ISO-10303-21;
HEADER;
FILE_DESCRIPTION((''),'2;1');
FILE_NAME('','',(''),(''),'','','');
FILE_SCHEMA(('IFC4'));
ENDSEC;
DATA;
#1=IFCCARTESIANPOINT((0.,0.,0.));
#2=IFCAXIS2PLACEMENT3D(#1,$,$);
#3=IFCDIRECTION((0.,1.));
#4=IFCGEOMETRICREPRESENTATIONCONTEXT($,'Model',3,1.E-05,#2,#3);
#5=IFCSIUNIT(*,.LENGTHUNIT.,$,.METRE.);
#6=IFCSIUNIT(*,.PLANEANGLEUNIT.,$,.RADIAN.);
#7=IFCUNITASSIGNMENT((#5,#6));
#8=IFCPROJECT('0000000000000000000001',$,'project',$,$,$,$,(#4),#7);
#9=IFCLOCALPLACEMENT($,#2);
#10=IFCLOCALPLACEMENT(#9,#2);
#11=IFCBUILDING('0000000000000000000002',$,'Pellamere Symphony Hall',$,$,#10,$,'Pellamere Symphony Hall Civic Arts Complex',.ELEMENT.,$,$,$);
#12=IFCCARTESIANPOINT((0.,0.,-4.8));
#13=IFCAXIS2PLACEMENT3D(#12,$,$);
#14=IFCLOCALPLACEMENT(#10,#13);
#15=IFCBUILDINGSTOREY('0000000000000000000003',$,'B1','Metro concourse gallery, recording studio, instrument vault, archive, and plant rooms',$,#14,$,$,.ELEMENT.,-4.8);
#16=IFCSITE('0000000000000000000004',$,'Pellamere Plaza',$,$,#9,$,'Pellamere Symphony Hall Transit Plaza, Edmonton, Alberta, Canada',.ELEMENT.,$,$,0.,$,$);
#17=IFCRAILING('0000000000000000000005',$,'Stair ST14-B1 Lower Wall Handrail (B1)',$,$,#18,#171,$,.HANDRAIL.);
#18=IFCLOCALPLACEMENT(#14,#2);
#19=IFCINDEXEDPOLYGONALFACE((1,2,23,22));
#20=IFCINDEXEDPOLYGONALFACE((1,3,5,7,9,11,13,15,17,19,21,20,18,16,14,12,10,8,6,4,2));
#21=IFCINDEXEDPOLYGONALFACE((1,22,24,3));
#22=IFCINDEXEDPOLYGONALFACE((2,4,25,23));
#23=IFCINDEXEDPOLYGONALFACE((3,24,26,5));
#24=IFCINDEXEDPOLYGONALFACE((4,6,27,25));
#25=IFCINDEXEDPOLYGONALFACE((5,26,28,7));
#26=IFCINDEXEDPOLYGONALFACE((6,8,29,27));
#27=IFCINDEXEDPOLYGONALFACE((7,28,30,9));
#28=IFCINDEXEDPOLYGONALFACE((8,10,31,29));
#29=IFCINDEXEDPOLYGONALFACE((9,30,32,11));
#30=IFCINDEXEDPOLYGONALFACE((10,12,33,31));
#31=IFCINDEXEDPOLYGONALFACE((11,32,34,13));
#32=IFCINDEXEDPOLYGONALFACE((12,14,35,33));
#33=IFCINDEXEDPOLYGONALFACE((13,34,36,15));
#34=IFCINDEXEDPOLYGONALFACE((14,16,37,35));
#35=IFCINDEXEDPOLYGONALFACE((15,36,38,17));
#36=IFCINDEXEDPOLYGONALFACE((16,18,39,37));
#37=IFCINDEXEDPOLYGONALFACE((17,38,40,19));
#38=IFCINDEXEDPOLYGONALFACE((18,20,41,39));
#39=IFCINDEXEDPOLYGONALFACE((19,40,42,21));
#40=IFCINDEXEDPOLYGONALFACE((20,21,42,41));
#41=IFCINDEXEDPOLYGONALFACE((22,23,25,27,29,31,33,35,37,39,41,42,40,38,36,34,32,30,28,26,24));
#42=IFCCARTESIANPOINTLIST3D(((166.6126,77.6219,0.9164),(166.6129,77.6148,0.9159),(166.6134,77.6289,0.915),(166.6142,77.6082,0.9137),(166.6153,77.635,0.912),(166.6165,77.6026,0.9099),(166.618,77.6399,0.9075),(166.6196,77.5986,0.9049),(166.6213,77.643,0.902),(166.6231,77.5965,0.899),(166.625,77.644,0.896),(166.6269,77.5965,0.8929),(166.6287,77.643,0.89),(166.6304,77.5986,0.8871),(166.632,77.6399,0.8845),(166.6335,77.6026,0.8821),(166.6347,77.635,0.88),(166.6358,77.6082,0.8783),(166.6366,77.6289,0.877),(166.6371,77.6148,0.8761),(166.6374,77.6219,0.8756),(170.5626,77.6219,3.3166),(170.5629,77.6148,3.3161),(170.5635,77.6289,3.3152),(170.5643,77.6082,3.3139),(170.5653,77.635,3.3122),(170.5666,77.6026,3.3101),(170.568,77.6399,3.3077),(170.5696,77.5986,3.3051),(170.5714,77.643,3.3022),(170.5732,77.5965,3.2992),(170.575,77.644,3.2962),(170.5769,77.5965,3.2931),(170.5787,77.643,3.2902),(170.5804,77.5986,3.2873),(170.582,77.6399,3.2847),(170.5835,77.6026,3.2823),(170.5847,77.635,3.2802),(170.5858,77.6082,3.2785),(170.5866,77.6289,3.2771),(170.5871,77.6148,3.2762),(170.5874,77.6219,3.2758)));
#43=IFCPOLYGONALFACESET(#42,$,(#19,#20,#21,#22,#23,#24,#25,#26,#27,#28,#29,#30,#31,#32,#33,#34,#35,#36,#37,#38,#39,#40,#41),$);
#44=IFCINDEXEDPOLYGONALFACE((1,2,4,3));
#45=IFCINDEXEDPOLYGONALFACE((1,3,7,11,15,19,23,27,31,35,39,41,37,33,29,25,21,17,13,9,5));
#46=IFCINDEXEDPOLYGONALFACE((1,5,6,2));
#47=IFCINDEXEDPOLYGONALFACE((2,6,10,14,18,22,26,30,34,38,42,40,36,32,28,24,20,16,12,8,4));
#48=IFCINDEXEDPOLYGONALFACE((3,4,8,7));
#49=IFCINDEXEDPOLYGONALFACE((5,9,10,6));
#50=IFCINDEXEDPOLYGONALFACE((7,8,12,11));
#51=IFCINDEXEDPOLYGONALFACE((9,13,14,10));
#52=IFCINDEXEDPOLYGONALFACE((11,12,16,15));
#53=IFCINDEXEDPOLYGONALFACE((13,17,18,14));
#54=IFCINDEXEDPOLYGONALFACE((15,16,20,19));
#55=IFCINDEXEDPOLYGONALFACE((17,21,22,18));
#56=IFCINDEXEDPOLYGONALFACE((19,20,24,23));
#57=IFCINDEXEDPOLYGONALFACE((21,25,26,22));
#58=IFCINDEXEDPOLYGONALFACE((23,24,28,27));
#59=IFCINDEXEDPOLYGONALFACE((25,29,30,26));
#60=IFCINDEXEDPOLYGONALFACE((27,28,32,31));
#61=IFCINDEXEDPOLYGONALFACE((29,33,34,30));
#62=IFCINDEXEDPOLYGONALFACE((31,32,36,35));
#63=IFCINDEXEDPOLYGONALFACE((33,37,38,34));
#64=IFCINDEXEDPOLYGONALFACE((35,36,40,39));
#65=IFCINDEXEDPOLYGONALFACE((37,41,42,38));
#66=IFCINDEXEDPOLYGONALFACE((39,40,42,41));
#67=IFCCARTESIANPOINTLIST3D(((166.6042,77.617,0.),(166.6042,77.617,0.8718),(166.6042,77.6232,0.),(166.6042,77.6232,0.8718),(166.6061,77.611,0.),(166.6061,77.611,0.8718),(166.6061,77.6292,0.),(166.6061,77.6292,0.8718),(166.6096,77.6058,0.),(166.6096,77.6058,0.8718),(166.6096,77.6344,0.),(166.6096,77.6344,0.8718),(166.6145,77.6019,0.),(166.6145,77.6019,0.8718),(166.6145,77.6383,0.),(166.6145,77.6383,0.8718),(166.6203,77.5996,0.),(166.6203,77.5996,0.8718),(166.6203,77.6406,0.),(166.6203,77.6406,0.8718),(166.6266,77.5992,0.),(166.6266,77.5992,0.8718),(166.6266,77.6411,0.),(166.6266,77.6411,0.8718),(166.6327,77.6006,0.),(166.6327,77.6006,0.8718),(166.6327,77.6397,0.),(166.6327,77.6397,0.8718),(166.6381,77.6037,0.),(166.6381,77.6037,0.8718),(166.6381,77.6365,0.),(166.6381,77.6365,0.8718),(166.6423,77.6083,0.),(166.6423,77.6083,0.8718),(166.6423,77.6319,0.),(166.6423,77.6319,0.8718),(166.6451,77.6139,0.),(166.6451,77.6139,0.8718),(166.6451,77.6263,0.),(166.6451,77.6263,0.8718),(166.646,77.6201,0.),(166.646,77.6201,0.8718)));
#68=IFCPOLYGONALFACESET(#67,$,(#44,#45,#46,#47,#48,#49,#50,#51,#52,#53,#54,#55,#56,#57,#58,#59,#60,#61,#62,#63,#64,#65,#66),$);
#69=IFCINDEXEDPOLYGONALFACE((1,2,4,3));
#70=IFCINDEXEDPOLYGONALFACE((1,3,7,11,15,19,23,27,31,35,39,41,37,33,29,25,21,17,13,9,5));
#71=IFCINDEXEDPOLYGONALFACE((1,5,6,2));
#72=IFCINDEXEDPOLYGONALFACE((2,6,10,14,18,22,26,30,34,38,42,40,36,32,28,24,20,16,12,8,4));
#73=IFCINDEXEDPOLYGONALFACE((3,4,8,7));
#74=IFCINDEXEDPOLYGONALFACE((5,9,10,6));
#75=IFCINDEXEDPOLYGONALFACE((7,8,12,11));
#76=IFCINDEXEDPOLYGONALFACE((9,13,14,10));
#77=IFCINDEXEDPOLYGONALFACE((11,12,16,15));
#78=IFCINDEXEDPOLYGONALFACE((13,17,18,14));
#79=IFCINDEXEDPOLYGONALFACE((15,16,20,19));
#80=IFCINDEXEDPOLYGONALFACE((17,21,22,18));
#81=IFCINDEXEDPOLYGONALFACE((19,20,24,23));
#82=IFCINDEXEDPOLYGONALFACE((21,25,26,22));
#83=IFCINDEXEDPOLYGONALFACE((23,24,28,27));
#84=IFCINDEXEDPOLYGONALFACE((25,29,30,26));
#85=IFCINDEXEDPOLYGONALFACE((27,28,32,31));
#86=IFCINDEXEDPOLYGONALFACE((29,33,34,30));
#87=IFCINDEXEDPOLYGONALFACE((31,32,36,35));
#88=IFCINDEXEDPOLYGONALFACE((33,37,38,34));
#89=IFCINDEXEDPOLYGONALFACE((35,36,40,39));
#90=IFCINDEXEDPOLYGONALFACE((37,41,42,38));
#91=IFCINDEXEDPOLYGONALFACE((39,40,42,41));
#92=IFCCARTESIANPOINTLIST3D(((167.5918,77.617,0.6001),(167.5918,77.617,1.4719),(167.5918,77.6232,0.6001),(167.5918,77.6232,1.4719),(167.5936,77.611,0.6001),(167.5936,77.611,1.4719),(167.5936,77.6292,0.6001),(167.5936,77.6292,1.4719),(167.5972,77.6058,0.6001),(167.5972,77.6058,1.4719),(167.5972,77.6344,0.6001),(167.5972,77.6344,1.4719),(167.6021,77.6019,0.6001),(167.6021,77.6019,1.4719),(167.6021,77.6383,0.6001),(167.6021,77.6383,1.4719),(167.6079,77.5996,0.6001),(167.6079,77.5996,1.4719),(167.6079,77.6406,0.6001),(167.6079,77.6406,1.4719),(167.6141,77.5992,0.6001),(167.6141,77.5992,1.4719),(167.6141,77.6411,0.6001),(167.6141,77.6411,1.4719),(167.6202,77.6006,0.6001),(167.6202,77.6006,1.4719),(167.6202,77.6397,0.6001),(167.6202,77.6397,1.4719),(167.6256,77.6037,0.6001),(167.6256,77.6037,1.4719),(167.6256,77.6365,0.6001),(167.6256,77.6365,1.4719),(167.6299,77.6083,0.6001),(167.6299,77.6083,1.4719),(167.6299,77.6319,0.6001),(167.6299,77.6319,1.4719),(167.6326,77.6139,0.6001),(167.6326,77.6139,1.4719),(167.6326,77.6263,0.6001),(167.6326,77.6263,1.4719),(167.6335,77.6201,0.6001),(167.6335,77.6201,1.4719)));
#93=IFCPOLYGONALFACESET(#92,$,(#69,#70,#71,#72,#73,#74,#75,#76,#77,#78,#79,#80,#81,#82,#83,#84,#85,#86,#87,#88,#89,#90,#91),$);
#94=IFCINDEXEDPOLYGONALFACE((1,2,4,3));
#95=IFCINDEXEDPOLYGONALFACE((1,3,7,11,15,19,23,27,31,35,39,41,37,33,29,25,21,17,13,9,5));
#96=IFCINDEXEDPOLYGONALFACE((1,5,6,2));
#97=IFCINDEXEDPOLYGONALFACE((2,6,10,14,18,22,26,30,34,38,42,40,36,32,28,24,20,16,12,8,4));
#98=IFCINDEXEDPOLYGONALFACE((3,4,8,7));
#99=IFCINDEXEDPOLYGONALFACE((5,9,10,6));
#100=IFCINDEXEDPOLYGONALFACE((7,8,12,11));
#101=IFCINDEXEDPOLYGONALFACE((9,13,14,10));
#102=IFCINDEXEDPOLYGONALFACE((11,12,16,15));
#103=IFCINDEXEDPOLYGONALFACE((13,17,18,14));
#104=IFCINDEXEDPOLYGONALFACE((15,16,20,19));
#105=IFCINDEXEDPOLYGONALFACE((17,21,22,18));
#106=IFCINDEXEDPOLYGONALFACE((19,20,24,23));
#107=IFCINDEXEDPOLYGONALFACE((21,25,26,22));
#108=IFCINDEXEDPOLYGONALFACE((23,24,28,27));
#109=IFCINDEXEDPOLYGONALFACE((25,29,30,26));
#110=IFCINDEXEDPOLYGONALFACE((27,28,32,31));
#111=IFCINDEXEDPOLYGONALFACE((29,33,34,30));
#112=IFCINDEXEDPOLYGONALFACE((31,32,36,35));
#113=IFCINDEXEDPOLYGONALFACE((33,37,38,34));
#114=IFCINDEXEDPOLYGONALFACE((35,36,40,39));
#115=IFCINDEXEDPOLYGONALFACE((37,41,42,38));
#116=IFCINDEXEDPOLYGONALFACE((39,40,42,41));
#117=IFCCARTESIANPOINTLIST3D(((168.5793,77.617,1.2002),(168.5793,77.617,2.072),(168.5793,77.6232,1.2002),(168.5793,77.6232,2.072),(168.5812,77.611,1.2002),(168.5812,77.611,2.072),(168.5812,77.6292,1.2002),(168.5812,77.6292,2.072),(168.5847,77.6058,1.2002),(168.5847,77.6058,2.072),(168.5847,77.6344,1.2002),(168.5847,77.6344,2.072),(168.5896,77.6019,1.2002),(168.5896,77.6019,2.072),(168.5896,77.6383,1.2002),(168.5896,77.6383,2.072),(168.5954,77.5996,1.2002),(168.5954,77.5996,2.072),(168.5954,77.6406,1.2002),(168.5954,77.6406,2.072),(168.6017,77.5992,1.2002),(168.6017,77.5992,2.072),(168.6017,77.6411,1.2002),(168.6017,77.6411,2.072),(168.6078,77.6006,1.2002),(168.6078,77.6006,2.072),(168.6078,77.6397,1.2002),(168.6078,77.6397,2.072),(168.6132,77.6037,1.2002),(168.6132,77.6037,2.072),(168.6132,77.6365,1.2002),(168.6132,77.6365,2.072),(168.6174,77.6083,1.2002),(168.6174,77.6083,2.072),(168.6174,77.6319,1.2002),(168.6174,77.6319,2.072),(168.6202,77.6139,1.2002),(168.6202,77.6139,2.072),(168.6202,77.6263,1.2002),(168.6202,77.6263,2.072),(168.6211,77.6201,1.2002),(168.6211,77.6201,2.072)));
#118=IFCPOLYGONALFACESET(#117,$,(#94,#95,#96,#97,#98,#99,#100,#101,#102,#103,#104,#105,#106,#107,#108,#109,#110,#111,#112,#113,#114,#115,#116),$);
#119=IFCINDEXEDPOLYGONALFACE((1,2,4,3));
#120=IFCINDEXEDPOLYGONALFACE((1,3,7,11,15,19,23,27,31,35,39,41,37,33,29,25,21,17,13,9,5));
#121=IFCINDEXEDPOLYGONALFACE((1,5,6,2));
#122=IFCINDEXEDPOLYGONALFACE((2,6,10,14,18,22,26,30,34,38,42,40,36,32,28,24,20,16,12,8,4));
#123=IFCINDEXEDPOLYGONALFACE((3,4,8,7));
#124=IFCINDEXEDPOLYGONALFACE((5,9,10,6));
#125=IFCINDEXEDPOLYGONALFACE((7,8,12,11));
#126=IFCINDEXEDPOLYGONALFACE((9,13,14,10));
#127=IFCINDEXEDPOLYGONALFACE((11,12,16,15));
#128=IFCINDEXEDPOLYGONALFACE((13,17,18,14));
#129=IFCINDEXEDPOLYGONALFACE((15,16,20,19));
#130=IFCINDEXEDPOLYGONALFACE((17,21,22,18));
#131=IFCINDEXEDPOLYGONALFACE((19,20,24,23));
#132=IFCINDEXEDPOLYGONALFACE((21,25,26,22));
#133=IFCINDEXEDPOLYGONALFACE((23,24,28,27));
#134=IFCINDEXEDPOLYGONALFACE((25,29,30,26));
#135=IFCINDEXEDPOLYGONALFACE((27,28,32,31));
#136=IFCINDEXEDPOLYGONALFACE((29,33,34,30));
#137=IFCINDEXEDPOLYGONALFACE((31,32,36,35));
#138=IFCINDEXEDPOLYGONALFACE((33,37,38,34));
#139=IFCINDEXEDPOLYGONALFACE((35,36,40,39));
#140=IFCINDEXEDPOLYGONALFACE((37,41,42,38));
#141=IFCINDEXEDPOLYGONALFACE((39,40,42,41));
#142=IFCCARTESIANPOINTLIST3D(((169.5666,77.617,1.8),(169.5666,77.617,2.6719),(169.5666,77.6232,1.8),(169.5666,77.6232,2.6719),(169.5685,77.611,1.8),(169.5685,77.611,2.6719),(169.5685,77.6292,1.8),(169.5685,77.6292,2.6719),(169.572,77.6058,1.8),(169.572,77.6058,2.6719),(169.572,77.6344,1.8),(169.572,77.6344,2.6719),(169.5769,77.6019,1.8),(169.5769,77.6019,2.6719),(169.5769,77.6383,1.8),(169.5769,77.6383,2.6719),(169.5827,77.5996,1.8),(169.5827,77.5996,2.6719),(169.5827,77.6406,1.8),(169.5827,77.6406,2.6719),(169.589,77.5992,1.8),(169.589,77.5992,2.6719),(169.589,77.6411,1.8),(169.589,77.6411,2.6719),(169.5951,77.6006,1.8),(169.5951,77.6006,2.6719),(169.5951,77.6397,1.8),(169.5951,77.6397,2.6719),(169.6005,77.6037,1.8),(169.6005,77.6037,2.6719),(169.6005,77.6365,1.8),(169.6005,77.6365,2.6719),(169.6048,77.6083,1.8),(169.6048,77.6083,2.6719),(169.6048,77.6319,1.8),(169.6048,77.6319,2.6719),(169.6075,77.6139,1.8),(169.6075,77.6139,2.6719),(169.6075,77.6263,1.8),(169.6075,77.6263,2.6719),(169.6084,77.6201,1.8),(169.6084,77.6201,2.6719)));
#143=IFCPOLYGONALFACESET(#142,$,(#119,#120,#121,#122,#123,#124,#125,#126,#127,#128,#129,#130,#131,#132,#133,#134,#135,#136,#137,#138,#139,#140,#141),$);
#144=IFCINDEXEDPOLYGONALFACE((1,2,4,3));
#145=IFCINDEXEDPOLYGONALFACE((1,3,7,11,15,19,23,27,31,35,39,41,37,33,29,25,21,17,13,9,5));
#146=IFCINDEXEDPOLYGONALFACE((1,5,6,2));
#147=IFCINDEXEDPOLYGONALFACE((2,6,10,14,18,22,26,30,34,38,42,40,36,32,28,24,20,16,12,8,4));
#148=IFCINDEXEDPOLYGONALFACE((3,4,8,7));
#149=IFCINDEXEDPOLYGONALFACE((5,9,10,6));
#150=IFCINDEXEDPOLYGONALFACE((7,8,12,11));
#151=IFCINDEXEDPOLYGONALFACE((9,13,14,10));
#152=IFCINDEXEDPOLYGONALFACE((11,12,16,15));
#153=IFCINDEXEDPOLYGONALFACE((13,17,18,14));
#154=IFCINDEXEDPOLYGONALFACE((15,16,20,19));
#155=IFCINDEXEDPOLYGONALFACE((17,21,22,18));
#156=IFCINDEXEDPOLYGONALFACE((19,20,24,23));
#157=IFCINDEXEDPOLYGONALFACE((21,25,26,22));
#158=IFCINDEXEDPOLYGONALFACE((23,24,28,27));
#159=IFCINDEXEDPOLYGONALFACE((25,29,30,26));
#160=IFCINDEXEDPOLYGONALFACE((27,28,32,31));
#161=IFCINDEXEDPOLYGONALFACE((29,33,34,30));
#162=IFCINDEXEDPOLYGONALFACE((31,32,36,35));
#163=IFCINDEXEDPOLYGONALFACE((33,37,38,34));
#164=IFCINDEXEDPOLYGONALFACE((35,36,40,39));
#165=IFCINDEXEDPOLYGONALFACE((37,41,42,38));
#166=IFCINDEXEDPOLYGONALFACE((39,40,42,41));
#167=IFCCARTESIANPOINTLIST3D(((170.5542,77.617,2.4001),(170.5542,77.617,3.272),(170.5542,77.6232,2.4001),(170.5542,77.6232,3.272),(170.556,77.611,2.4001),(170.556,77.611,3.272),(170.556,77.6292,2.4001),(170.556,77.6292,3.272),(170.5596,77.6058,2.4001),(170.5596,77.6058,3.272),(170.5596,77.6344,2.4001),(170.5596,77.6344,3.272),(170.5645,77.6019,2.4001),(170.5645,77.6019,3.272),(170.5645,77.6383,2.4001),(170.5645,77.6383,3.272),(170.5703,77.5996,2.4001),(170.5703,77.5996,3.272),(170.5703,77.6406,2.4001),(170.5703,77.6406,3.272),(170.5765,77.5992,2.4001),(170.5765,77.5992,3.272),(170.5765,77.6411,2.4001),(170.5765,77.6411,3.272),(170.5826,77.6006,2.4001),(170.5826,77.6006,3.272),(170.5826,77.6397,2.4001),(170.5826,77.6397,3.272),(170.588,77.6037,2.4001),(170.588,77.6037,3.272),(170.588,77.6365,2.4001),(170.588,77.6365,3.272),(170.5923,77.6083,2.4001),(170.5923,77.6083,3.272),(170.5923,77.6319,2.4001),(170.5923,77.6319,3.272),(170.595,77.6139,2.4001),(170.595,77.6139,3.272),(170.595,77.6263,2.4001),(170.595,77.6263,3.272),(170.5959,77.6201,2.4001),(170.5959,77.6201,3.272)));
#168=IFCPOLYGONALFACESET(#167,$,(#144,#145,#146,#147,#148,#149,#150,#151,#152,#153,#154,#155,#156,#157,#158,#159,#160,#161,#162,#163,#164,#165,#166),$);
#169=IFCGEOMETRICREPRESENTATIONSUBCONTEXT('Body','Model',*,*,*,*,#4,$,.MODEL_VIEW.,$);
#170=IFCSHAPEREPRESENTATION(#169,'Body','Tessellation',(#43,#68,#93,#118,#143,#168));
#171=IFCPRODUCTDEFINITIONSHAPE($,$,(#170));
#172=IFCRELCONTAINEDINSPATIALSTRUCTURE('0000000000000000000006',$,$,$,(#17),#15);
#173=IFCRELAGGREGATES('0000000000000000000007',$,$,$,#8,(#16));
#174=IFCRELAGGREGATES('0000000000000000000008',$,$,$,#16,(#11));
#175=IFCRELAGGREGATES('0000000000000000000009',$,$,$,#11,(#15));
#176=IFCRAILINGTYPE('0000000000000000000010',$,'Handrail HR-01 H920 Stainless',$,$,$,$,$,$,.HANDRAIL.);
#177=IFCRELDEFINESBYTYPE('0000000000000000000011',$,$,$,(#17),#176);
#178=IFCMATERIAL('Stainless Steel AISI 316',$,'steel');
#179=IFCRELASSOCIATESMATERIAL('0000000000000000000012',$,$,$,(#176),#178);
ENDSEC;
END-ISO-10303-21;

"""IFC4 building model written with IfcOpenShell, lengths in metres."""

from ifc_helpers import new_model, si_unit, direction, frame, origin, origin_2d, place, context, subcontext, project, spatial, circle, extrude, material, type_object, element, save


model = new_model("IFC4")

# Units and contexts
model_context = context("Model", 3, precision=1e-05, world=origin(), true_north=direction((0.0, 1.0)))
body_context = subcontext(model_context, "Body", "Model", "MODEL_VIEW")
ifc_project = project(units=[si_unit("LENGTHUNIT", "METRE"), si_unit("PLANEANGLEUNIT", "RADIAN")], contexts=[model_context])

# Site, building, storey
site_placement = place(None, origin())
site = spatial("IfcSite", under=ifc_project, at=site_placement, Name="Pellamere Plaza", LongName="Pellamere Symphony Hall Transit Plaza, Edmonton, Alberta, Canada", CompositionType="ELEMENT", RefElevation=0.0)
building_placement = place(site_placement, origin())
building = spatial("IfcBuilding", under=site, at=building_placement, Name="Pellamere Symphony Hall", LongName="Pellamere Symphony Hall Civic Arts Complex", CompositionType="ELEMENT")
storey_placement = place(building_placement, frame((0.0, 0.0, -4.8)))
storey = spatial("IfcBuildingStorey", under=building, at=storey_placement, Name="B1", Description="Metro concourse gallery, recording studio, instrument vault, archive, and plant rooms", CompositionType="ELEMENT", Elevation=-4.8)

# Railing
ifc_material_1 = material(Name="Stainless Steel AISI 316", Category="steel")
railing_type_1 = type_object("IfcRailingType", Name="Handrail HR-01 H920 Stainless", PredefinedType="HANDRAIL", material=ifc_material_1)
railing_1_placement = place(storey_placement, frame((166.625, 77.6201, 0.0)))
element("IfcRailing", 1, at=railing_1_placement, inside=storey, type_object=railing_type_1, Name="Stair ST14-B1 Lower Wall Handrail (B1)", PredefinedType="HANDRAIL", context=body_context, shape_type="SweptSolid", body=[
    extrude(circle(Radius=0.0239, at=origin_2d()), frame((0.0, 0.0, 0.896), z_axis=(0.854599, 0.0, 0.519288), x_axis=(0.0, 1.0, 0.0)), (0.0, 0.0, 1.0), 4.6221),
    extrude(circle(Radius=0.021, at=origin_2d()), origin(), (0.0, 0.0, 1.0), 0.8718),
    extrude(circle(Radius=0.021, at=origin_2d()), frame((0.9875, 0.0, 0.6001)), (0.0, 0.0, 1.0), 0.8718),
    extrude(circle(Radius=0.021, at=origin_2d()), frame((1.9751, 0.0, 1.2002)), (0.0, 0.0, 1.0), 0.8718),
    extrude(circle(Radius=0.021, at=origin_2d()), frame((2.9624, 0.0, 1.8)), (0.0, 0.0, 1.0), 0.8718),
    extrude(circle(Radius=0.021, at=origin_2d()), frame((3.95, 0.0, 2.4001)), (0.0, 0.0, 1.0), 0.8718),
])

save(model, "model.ifc")
